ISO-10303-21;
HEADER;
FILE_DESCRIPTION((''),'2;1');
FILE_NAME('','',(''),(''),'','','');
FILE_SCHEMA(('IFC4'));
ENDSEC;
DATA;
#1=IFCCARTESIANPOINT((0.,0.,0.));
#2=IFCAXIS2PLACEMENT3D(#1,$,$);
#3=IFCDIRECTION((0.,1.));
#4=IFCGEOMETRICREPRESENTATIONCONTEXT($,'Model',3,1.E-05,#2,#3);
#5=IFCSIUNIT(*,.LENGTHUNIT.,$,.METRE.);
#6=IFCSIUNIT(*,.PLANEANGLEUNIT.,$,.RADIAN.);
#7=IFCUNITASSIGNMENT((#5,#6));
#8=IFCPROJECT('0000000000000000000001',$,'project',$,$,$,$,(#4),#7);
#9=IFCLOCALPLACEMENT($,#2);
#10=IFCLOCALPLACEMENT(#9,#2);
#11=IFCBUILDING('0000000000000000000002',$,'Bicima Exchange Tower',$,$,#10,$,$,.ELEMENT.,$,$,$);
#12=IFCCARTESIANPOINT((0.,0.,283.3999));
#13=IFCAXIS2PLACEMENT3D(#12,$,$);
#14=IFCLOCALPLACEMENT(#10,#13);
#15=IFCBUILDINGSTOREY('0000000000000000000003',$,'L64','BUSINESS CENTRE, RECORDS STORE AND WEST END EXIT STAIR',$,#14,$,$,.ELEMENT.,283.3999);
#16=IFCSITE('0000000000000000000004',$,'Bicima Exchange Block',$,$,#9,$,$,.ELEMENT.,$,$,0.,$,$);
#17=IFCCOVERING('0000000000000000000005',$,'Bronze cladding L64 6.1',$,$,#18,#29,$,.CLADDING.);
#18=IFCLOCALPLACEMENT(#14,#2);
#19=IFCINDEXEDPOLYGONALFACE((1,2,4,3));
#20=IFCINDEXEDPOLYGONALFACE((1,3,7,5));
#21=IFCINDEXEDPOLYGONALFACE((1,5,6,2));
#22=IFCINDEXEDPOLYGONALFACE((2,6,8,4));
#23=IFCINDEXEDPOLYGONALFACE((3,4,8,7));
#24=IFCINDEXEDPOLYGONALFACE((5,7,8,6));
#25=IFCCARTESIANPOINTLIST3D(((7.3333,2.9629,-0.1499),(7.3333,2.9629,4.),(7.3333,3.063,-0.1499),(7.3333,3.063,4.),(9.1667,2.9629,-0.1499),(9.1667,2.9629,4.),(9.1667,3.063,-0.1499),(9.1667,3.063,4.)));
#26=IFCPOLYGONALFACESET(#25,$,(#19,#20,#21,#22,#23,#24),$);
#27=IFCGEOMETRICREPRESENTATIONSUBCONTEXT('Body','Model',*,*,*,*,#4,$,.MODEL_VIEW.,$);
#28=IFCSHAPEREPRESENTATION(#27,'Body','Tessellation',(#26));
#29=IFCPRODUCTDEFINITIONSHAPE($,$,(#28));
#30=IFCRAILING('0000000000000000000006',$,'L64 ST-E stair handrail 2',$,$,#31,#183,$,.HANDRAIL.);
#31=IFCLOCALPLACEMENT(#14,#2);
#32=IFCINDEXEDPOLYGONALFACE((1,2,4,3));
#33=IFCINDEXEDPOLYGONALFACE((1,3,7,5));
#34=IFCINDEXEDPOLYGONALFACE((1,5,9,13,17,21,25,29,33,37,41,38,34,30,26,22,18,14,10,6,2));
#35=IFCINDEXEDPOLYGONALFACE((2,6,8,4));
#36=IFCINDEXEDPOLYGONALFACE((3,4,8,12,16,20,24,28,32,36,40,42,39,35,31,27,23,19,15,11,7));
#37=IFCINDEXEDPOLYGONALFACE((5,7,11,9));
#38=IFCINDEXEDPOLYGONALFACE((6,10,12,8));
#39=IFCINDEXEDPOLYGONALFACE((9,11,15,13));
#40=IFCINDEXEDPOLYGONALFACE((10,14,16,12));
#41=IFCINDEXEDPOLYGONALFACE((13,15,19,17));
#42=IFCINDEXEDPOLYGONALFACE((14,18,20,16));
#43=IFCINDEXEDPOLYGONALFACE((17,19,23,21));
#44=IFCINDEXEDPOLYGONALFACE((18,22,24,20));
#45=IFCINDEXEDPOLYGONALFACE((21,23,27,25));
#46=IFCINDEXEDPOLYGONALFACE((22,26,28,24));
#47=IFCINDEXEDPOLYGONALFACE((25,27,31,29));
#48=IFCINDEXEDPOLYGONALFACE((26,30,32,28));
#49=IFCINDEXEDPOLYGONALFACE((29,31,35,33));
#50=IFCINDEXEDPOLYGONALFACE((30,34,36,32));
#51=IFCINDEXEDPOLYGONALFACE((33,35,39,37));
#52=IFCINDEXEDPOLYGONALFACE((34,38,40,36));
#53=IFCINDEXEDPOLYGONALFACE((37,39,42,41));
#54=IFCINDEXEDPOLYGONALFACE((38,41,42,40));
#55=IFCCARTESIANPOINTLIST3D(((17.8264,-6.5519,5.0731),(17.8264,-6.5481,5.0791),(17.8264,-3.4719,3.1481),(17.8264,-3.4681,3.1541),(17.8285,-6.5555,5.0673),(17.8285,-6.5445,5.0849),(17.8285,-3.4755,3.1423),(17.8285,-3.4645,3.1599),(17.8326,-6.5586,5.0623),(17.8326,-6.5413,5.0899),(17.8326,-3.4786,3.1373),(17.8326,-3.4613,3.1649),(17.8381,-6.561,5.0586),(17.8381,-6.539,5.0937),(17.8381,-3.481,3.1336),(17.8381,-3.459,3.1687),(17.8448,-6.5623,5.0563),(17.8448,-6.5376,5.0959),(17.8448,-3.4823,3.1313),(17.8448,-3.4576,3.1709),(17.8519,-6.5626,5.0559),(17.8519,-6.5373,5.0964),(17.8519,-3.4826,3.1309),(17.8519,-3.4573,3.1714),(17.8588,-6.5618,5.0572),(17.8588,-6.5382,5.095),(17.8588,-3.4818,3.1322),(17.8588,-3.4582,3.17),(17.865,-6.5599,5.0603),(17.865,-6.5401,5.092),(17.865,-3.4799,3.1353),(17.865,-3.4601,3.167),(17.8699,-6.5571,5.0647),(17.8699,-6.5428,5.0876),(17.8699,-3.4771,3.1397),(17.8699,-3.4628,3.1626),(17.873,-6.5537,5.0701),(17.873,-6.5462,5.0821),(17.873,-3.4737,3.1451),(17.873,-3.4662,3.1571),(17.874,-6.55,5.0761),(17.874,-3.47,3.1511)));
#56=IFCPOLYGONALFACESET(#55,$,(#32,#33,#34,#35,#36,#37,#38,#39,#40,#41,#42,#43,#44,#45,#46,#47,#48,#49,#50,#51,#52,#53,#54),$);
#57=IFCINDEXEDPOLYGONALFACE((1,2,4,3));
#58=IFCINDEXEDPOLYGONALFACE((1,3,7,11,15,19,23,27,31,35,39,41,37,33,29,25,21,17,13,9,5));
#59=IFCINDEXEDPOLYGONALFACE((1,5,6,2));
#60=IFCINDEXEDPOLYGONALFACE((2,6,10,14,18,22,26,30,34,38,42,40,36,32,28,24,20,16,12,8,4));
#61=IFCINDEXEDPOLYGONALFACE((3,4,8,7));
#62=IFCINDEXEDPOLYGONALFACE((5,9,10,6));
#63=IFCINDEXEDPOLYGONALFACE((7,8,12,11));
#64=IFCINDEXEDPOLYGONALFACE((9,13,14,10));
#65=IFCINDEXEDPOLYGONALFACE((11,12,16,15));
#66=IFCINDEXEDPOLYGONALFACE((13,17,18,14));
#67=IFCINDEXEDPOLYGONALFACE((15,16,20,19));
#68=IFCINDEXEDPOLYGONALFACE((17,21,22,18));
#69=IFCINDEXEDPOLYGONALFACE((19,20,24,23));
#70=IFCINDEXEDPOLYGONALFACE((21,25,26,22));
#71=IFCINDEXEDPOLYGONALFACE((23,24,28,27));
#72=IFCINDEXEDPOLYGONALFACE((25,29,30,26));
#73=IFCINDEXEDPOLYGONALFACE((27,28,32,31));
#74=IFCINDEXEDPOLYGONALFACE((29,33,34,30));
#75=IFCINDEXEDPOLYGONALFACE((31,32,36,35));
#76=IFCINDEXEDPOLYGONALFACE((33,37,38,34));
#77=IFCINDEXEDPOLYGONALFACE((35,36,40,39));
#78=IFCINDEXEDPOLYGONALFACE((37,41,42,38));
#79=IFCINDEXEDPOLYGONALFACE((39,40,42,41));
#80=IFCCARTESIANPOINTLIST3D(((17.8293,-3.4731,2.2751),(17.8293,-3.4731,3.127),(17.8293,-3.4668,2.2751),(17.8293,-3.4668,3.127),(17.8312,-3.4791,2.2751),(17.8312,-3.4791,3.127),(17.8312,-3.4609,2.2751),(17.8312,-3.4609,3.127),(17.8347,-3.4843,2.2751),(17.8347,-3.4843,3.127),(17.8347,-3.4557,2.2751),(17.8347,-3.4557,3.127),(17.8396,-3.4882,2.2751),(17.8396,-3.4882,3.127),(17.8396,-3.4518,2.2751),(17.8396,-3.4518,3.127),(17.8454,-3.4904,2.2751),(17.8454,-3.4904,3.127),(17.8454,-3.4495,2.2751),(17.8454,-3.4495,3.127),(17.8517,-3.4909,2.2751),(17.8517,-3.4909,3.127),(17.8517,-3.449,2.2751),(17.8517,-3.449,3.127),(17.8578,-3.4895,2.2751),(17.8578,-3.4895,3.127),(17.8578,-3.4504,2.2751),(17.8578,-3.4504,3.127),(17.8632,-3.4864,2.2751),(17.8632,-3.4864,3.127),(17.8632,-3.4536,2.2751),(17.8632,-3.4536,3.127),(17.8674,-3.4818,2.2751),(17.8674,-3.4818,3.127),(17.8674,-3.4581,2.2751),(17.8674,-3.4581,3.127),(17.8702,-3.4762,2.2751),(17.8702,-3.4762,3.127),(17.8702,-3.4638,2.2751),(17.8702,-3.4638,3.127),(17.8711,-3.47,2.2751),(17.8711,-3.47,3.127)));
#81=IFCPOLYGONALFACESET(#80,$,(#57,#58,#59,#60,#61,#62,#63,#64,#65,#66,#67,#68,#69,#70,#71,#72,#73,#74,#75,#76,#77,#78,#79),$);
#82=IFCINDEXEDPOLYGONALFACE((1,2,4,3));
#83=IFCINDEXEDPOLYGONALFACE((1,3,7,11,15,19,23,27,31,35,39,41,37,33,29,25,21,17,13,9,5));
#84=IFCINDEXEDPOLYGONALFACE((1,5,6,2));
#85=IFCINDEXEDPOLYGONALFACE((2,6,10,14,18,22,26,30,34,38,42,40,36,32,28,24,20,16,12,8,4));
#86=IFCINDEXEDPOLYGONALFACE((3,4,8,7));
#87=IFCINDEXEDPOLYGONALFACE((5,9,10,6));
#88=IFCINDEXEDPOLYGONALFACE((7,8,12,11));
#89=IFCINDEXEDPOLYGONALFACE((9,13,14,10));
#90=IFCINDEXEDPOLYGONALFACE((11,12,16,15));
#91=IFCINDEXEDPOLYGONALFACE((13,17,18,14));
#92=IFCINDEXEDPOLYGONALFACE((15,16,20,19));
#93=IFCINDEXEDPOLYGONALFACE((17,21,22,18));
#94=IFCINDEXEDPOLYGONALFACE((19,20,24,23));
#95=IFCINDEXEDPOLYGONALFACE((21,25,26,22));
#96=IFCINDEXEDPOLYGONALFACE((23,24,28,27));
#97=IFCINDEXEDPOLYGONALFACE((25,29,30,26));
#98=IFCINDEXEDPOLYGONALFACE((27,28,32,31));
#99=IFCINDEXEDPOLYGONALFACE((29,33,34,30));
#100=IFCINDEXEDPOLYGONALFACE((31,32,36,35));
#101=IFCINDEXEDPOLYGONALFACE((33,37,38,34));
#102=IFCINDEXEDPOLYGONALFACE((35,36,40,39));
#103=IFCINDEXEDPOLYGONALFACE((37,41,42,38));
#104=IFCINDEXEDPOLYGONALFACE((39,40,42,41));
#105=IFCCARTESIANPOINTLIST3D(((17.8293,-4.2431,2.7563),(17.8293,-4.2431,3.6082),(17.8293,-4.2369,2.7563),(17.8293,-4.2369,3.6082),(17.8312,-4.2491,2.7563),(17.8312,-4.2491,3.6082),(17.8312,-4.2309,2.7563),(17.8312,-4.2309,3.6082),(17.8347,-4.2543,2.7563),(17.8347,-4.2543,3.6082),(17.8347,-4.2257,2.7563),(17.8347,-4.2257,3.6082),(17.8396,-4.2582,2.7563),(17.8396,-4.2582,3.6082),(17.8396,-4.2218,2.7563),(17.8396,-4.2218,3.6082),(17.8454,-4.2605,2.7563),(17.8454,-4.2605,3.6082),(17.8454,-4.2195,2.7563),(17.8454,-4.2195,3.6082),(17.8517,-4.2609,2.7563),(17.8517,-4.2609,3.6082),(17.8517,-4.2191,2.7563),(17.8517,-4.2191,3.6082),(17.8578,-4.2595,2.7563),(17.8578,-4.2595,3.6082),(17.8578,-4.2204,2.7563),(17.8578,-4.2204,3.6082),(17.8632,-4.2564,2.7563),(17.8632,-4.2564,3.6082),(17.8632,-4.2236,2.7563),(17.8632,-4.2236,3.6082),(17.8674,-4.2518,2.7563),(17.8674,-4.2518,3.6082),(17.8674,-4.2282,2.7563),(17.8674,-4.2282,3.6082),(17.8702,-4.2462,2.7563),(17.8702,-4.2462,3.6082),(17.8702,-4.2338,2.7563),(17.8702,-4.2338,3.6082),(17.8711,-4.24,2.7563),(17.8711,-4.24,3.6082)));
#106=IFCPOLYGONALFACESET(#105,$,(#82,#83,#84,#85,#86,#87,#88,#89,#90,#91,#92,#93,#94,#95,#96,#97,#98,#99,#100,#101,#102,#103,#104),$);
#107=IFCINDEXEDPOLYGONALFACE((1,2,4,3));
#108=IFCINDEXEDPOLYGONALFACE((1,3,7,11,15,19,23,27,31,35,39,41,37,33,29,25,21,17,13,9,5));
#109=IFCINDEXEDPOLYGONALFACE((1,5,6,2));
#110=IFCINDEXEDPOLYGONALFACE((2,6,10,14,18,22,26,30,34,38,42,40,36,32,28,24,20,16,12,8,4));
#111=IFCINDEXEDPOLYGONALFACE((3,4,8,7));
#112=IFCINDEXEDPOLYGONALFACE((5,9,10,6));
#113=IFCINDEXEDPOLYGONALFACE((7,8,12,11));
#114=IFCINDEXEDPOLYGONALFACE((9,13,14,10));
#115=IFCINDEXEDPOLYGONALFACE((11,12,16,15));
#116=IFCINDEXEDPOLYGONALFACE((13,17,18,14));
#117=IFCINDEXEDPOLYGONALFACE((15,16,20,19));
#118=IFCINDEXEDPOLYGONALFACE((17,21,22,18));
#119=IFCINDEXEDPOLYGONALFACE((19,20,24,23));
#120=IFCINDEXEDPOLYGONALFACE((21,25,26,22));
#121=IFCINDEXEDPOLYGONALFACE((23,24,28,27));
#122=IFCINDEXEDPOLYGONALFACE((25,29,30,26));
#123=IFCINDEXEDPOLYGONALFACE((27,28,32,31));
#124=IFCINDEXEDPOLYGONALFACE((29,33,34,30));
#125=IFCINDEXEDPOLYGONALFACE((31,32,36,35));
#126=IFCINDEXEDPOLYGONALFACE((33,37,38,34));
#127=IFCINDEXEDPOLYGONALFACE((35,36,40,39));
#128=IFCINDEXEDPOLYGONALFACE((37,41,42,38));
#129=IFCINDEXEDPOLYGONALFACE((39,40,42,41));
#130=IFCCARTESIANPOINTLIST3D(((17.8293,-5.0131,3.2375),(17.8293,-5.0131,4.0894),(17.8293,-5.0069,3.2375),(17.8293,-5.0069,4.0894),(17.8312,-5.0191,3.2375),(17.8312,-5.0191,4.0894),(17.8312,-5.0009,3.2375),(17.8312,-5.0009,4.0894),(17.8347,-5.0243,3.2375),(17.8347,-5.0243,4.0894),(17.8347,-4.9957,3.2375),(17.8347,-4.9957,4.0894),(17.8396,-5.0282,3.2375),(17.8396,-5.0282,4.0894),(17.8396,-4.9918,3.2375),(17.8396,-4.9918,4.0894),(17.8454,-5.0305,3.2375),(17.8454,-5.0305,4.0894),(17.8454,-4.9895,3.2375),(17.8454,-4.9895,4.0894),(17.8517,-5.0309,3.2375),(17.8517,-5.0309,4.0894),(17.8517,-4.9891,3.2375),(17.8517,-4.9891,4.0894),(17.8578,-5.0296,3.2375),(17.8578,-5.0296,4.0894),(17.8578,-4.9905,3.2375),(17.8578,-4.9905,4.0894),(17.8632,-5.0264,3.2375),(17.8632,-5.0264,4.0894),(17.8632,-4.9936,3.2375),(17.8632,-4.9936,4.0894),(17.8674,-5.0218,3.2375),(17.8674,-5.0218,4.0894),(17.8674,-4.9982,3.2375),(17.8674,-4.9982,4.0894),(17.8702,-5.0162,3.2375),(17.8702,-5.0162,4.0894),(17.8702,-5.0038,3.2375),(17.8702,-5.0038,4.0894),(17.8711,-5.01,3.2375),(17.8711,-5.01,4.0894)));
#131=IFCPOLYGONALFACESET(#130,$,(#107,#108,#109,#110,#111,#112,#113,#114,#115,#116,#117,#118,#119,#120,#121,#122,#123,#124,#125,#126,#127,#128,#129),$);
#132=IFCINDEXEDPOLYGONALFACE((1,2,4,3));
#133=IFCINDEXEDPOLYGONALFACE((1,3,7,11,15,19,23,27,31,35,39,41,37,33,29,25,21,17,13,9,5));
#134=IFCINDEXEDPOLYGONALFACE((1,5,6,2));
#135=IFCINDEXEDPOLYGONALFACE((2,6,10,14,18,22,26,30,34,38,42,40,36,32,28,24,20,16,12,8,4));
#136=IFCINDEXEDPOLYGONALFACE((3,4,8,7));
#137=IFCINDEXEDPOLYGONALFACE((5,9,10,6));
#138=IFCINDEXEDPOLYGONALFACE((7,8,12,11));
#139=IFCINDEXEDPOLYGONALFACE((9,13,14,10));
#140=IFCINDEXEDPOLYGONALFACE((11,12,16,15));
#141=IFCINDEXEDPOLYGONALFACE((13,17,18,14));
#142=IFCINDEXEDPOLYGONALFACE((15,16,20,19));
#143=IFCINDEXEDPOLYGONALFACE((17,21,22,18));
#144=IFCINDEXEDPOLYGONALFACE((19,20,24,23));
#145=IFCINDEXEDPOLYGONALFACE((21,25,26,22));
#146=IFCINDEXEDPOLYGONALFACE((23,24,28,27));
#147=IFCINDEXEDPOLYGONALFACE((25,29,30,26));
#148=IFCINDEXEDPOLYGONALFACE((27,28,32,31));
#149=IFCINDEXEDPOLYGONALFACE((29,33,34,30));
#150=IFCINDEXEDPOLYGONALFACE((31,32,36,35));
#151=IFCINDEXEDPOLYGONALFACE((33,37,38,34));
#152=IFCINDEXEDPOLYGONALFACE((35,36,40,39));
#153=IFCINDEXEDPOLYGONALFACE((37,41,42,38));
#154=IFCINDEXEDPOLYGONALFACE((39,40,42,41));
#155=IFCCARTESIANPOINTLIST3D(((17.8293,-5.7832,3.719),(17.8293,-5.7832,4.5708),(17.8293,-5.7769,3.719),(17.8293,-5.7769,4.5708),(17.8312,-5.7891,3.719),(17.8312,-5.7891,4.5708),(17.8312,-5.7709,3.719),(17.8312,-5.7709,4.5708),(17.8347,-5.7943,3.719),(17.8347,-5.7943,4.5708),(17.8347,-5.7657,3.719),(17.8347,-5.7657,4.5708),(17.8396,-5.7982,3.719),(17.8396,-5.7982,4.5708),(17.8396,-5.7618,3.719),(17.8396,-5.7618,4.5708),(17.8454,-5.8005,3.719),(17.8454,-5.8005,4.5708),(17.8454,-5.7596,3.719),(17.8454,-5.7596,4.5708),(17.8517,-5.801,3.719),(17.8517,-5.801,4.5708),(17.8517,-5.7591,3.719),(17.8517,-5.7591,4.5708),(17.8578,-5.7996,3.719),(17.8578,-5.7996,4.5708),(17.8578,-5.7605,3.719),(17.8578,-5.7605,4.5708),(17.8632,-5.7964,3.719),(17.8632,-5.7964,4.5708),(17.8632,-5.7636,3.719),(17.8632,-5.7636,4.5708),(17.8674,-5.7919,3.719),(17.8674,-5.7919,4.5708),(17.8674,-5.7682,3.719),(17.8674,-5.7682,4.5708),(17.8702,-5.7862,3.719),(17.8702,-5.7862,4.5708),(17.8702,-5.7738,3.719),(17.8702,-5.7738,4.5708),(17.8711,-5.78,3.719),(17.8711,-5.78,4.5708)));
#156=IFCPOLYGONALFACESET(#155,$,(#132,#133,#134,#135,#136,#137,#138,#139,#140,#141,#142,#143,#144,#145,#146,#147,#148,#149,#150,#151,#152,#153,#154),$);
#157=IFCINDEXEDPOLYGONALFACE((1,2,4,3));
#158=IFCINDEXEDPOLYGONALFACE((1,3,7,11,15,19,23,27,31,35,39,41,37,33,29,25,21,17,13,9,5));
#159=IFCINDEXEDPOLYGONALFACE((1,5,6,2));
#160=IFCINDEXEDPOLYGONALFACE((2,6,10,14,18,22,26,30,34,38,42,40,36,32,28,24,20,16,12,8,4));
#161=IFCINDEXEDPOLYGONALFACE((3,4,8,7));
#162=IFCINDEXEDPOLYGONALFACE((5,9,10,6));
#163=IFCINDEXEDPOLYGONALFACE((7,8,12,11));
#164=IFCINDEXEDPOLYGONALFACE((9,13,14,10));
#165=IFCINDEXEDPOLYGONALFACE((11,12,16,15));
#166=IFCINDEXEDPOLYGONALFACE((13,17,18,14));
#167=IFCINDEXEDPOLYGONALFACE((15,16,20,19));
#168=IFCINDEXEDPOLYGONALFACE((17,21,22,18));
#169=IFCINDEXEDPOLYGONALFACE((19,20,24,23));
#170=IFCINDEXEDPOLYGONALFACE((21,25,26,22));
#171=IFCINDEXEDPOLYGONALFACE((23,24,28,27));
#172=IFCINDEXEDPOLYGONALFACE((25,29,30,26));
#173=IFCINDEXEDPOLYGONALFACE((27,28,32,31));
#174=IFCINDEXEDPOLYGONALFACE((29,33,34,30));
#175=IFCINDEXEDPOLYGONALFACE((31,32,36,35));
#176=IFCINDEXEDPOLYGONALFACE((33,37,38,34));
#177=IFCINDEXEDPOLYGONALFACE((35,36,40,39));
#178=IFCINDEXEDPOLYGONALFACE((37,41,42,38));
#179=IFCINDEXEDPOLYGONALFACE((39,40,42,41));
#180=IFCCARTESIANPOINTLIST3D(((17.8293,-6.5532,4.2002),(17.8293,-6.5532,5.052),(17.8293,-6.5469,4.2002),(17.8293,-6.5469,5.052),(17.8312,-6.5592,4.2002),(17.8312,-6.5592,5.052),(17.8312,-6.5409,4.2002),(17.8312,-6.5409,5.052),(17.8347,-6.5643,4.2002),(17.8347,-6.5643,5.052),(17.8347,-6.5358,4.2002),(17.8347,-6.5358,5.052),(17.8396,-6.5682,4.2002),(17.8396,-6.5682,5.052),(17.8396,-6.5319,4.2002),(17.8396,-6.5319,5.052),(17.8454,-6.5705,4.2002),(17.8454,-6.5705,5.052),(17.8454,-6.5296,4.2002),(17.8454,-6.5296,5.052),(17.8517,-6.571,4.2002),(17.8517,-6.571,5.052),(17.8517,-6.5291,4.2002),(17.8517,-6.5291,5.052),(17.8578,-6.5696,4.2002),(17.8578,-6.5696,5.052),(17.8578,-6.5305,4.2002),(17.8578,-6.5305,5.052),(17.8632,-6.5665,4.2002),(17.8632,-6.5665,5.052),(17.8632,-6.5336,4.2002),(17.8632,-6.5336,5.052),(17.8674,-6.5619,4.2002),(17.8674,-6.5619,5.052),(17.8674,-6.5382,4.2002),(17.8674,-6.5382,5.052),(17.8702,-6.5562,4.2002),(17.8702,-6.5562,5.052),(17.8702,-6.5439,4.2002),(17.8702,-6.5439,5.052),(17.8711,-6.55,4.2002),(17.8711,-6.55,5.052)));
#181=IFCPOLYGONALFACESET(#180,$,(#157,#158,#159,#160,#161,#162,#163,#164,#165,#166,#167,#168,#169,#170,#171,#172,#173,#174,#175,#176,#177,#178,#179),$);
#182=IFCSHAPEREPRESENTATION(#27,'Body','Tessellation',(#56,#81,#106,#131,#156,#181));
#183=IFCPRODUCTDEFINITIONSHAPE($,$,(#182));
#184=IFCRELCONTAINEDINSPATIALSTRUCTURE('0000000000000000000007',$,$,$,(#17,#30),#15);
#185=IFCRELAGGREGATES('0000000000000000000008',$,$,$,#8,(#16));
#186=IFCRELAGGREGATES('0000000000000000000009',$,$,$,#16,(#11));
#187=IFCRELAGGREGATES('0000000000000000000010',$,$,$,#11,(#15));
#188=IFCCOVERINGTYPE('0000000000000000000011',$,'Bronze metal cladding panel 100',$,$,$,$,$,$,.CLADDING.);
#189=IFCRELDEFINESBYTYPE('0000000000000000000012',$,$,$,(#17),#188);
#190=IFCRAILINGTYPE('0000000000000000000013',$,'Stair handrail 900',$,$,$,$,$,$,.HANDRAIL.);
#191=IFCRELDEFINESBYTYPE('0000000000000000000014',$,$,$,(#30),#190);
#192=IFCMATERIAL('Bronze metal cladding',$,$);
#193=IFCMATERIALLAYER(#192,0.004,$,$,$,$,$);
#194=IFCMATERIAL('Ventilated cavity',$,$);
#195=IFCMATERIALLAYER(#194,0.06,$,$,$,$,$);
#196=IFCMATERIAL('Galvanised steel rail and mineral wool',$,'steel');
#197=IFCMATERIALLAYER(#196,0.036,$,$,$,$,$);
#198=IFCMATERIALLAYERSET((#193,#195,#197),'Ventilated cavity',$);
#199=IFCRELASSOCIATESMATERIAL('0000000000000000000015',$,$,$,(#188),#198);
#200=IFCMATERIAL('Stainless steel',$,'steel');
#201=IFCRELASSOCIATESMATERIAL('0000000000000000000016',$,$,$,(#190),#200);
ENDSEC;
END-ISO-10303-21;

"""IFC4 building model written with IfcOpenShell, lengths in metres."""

from ifc_helpers import new_model, si_unit, direction, frame, origin, origin_2d, place, context, subcontext, project, spatial, rectangle, circle, extrude, material, layer, layer_set, type_object, element, save


model = new_model("IFC4")

# Units and contexts
model_context = context("Model", 3, precision=1e-05, world=origin(), true_north=direction((0.0, 1.0)))
body_context = subcontext(model_context, "Body", "Model", "MODEL_VIEW")
ifc_project = project(units=[si_unit("LENGTHUNIT", "METRE"), si_unit("PLANEANGLEUNIT", "RADIAN")], contexts=[model_context])

# Site, building, storey
site_placement = place(None, origin())
site = spatial("IfcSite", under=ifc_project, at=site_placement, Name="Bicima Exchange Block", CompositionType="ELEMENT", RefElevation=0.0)
building_placement = place(site_placement, origin())
building = spatial("IfcBuilding", under=site, at=building_placement, Name="Bicima Exchange Tower", CompositionType="ELEMENT")
storey_placement = place(building_placement, frame((0.0, 0.0, 283.3999)))
storey = spatial("IfcBuildingStorey", under=building, at=storey_placement, Name="L64", Description="BUSINESS CENTRE, RECORDS STORE AND WEST END EXIT STAIR", CompositionType="ELEMENT", Elevation=283.3999)

# Covering
ifc_material_1 = material(Name="Bronze metal cladding")
ifc_layer_1 = layer(ifc_material_1, 0.004)
ifc_material_2 = material(Name="Ventilated cavity")
ifc_layer_2 = layer(ifc_material_2, 0.06)
ifc_material_3 = material(Name="Galvanised steel rail and mineral wool", Category="steel")
ifc_layer_3 = layer(ifc_material_3, 0.036)
ifc_layer_set_1 = layer_set([ifc_layer_1, ifc_layer_2, ifc_layer_3], Name="Ventilated cavity")
covering_type = type_object("IfcCoveringType", Name="Bronze metal cladding panel 100", PredefinedType="CLADDING", material=ifc_layer_set_1)
covering_1_placement = place(storey_placement, frame((8.25, 3.0129, -0.1499), z_axis=(0.0, 0.0, 1.0), x_axis=(-1.0, 0.0, 0.0)))
element("IfcCovering", 1, at=covering_1_placement, inside=storey, type_object=covering_type, Name="Bronze cladding L64 6.1", PredefinedType="CLADDING", context=body_context, shape_type="SweptSolid", body=[
    extrude(rectangle(XDim=1.8335, YDim=0.1001, at=origin_2d()), origin(), (0.0, 0.0, 1.0), 4.1499),
])

# Railing
ifc_material_4 = material(Name="Stainless steel", Category="steel")
railing_type = type_object("IfcRailingType", Name="Stair handrail 900", PredefinedType="HANDRAIL", material=ifc_material_4)
railing_placement = place(storey_placement, frame((17.8501, -3.47, 2.2751)))
element("IfcRailing", 2, at=railing_placement, inside=storey, type_object=railing_type, Name="L64 ST-E stair handrail 2", PredefinedType="HANDRAIL", context=body_context, shape_type="SweptSolid", body=[
    extrude(circle(Radius=0.0239, at=origin_2d()), frame((0.0, 0.0, 0.876), z_axis=(0.0, -0.847998, 0.529999), x_axis=(1.0, 0.0, 0.0)), (0.0, 0.0, 1.0), 3.6321),
    extrude(circle(Radius=0.021, at=origin_2d()), origin(), (0.0, 0.0, 1.0), 0.8518),
    extrude(circle(Radius=0.021, at=origin_2d()), frame((0.0, -0.77, 0.4812)), (0.0, 0.0, 1.0), 0.8518),
    extrude(circle(Radius=0.021, at=origin_2d()), frame((0.0, -1.54, 0.9624)), (0.0, 0.0, 1.0), 0.8518),
    extrude(circle(Radius=0.021, at=origin_2d()), frame((0.0, -2.3101, 1.4438)), (0.0, 0.0, 1.0), 0.8518),
    extrude(circle(Radius=0.021, at=origin_2d()), frame((0.0, -3.0801, 1.925)), (0.0, 0.0, 1.0), 0.8518),
])

save(model, "model.ifc")
